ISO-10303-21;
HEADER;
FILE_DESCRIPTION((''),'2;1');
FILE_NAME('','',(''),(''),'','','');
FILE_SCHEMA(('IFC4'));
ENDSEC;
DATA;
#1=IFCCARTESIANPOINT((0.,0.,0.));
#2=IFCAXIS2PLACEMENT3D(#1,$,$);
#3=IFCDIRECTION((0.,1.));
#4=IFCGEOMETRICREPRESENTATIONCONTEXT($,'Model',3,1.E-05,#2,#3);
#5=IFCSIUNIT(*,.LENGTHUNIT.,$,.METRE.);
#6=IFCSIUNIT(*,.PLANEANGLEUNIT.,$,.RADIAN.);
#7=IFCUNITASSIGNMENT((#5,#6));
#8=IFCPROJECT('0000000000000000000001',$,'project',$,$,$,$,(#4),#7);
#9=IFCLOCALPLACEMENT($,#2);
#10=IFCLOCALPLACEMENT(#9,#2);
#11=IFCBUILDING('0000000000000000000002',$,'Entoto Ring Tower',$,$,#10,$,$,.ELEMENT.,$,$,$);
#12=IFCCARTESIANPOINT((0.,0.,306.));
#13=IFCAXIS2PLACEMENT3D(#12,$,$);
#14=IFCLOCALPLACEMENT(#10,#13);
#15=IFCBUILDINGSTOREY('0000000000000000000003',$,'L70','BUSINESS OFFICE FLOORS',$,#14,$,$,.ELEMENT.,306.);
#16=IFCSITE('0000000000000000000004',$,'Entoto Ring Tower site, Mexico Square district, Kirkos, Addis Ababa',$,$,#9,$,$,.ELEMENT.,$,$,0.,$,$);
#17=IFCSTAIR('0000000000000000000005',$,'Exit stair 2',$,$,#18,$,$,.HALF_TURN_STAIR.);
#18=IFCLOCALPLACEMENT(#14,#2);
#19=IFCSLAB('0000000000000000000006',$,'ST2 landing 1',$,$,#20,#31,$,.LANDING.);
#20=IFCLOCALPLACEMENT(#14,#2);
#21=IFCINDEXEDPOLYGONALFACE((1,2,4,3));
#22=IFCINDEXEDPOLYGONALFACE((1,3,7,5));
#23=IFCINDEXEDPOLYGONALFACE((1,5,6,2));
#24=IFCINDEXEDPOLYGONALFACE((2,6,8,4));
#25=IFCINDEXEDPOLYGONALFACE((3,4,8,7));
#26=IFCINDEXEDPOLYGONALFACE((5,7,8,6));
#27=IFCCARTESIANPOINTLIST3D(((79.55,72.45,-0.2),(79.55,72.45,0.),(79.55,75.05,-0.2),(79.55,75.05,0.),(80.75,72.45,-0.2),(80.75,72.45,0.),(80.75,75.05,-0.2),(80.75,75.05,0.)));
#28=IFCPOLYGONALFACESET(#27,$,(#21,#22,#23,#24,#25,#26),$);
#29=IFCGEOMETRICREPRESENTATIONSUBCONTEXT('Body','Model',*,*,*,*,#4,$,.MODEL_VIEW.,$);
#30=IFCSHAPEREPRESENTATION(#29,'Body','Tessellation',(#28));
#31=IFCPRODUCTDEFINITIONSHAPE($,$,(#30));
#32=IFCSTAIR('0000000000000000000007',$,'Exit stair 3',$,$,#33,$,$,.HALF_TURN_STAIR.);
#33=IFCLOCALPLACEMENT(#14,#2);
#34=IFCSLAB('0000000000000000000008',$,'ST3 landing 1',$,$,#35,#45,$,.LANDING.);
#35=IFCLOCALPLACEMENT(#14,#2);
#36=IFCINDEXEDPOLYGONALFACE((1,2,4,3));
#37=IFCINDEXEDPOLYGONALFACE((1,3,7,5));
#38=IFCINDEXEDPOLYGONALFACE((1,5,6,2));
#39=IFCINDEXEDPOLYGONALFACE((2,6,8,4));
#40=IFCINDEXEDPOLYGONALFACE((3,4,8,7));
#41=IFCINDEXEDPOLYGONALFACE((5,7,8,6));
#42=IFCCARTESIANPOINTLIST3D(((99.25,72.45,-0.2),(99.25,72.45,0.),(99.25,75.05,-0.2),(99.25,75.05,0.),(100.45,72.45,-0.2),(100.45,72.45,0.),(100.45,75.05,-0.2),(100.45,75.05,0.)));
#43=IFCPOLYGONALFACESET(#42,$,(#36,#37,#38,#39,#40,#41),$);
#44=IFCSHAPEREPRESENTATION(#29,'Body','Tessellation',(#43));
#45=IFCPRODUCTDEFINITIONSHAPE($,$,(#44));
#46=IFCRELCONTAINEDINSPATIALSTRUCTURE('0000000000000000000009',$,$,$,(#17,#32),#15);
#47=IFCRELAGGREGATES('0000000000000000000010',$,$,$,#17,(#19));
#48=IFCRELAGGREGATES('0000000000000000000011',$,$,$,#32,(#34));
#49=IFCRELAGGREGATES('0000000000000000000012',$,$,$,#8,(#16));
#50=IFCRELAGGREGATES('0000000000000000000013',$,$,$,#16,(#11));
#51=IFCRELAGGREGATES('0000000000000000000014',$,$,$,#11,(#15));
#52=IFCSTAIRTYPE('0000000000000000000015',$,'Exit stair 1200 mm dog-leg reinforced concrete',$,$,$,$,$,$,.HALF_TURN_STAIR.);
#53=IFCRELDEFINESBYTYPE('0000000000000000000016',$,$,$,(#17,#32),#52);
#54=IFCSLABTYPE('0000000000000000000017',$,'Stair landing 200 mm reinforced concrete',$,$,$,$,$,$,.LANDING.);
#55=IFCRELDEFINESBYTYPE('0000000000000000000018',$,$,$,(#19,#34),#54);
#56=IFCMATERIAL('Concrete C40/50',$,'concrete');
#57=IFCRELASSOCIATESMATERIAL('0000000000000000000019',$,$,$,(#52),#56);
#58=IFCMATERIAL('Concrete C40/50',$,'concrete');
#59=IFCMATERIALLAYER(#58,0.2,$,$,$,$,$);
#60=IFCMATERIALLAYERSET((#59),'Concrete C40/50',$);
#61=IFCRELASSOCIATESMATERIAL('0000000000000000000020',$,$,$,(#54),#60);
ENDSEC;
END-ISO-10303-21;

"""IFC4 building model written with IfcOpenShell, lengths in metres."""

from ifc_helpers import new_model, si_unit, direction, frame, origin, place, context, subcontext, project, spatial, polyline, outline, extrude, material, layer, layer_set, type_object, element, aggregate, save


model = new_model("IFC4")

# Units and contexts
model_context = context("Model", 3, precision=1e-05, world=origin(), true_north=direction((0.0, 1.0)))
body_context = subcontext(model_context, "Body", "Model", "MODEL_VIEW")
ifc_project = project(units=[si_unit("LENGTHUNIT", "METRE"), si_unit("PLANEANGLEUNIT", "RADIAN")], contexts=[model_context])

# Site, building, storey
site_placement = place(None, origin())
building_placement = place(site_placement, origin())
storey_placement = place(building_placement, frame((0.0, 0.0, 306.0)))
site = spatial("IfcSite", under=ifc_project, at=site_placement, Name="Entoto Ring Tower site, Mexico Square district, Kirkos, Addis Ababa", CompositionType="ELEMENT", RefElevation=0.0)
building = spatial("IfcBuilding", under=site, at=building_placement, Name="Entoto Ring Tower", CompositionType="ELEMENT")
storey = spatial("IfcBuildingStorey", under=building, at=storey_placement, Name="L70", Description="BUSINESS OFFICE FLOORS", CompositionType="ELEMENT", Elevation=306.0)

# Stairs, slabs
ifc_material_1 = material(Name="Concrete C40/50", Category="concrete")
stair_type = type_object("IfcStairType", Name="Exit stair 1200 mm dog-leg reinforced concrete", PredefinedType="HALF_TURN_STAIR", material=ifc_material_1)
ifc_material_2 = material(Name="Concrete C40/50", Category="concrete")
ifc_layer_1 = layer(ifc_material_2, 0.2)
ifc_layer_set_1 = layer_set([ifc_layer_1], Name="Concrete C40/50")
slab_type_1 = type_object("IfcSlabType", Name="Stair landing 200 mm reinforced concrete", PredefinedType="LANDING", material=ifc_layer_set_1)
stair_1_placement = place(storey_placement, origin())
stair_1 = element("IfcStair", 1, at=stair_1_placement, inside=storey, type_object=stair_type, Name="Exit stair 2", PredefinedType="HALF_TURN_STAIR")
slab_1_placement = place(storey_placement, frame((0.0, 0.0, -0.2)))
slab_1 = element("IfcSlab", 2, at=slab_1_placement, type_object=slab_type_1, Name="ST2 landing 1", PredefinedType="LANDING", context=body_context, shape_type="SweptSolid", body=[
    extrude(outline(polyline([(80.75, 72.45), (80.75, 75.05), (79.55, 75.05), (79.55, 72.45), (80.75, 72.45)])), origin(), (0.0, 0.0, 1.0), 0.2),
])
aggregate(stair_1, [slab_1])
stair_2_placement = place(storey_placement, origin())
stair_2 = element("IfcStair", 3, at=stair_2_placement, inside=storey, type_object=stair_type, Name="Exit stair 3", PredefinedType="HALF_TURN_STAIR")
slab_2_placement = place(storey_placement, frame((0.0, 0.0, -0.2)))
slab_2 = element("IfcSlab", 4, at=slab_2_placement, type_object=slab_type_1, Name="ST3 landing 1", PredefinedType="LANDING", context=body_context, shape_type="SweptSolid", body=[
    extrude(outline(polyline([(100.45, 72.45), (100.45, 75.05), (99.25, 75.05), (99.25, 72.45), (100.45, 72.45)])), origin(), (0.0, 0.0, 1.0), 0.2),
])
aggregate(stair_2, [slab_2])

save(model, "model.ifc")
